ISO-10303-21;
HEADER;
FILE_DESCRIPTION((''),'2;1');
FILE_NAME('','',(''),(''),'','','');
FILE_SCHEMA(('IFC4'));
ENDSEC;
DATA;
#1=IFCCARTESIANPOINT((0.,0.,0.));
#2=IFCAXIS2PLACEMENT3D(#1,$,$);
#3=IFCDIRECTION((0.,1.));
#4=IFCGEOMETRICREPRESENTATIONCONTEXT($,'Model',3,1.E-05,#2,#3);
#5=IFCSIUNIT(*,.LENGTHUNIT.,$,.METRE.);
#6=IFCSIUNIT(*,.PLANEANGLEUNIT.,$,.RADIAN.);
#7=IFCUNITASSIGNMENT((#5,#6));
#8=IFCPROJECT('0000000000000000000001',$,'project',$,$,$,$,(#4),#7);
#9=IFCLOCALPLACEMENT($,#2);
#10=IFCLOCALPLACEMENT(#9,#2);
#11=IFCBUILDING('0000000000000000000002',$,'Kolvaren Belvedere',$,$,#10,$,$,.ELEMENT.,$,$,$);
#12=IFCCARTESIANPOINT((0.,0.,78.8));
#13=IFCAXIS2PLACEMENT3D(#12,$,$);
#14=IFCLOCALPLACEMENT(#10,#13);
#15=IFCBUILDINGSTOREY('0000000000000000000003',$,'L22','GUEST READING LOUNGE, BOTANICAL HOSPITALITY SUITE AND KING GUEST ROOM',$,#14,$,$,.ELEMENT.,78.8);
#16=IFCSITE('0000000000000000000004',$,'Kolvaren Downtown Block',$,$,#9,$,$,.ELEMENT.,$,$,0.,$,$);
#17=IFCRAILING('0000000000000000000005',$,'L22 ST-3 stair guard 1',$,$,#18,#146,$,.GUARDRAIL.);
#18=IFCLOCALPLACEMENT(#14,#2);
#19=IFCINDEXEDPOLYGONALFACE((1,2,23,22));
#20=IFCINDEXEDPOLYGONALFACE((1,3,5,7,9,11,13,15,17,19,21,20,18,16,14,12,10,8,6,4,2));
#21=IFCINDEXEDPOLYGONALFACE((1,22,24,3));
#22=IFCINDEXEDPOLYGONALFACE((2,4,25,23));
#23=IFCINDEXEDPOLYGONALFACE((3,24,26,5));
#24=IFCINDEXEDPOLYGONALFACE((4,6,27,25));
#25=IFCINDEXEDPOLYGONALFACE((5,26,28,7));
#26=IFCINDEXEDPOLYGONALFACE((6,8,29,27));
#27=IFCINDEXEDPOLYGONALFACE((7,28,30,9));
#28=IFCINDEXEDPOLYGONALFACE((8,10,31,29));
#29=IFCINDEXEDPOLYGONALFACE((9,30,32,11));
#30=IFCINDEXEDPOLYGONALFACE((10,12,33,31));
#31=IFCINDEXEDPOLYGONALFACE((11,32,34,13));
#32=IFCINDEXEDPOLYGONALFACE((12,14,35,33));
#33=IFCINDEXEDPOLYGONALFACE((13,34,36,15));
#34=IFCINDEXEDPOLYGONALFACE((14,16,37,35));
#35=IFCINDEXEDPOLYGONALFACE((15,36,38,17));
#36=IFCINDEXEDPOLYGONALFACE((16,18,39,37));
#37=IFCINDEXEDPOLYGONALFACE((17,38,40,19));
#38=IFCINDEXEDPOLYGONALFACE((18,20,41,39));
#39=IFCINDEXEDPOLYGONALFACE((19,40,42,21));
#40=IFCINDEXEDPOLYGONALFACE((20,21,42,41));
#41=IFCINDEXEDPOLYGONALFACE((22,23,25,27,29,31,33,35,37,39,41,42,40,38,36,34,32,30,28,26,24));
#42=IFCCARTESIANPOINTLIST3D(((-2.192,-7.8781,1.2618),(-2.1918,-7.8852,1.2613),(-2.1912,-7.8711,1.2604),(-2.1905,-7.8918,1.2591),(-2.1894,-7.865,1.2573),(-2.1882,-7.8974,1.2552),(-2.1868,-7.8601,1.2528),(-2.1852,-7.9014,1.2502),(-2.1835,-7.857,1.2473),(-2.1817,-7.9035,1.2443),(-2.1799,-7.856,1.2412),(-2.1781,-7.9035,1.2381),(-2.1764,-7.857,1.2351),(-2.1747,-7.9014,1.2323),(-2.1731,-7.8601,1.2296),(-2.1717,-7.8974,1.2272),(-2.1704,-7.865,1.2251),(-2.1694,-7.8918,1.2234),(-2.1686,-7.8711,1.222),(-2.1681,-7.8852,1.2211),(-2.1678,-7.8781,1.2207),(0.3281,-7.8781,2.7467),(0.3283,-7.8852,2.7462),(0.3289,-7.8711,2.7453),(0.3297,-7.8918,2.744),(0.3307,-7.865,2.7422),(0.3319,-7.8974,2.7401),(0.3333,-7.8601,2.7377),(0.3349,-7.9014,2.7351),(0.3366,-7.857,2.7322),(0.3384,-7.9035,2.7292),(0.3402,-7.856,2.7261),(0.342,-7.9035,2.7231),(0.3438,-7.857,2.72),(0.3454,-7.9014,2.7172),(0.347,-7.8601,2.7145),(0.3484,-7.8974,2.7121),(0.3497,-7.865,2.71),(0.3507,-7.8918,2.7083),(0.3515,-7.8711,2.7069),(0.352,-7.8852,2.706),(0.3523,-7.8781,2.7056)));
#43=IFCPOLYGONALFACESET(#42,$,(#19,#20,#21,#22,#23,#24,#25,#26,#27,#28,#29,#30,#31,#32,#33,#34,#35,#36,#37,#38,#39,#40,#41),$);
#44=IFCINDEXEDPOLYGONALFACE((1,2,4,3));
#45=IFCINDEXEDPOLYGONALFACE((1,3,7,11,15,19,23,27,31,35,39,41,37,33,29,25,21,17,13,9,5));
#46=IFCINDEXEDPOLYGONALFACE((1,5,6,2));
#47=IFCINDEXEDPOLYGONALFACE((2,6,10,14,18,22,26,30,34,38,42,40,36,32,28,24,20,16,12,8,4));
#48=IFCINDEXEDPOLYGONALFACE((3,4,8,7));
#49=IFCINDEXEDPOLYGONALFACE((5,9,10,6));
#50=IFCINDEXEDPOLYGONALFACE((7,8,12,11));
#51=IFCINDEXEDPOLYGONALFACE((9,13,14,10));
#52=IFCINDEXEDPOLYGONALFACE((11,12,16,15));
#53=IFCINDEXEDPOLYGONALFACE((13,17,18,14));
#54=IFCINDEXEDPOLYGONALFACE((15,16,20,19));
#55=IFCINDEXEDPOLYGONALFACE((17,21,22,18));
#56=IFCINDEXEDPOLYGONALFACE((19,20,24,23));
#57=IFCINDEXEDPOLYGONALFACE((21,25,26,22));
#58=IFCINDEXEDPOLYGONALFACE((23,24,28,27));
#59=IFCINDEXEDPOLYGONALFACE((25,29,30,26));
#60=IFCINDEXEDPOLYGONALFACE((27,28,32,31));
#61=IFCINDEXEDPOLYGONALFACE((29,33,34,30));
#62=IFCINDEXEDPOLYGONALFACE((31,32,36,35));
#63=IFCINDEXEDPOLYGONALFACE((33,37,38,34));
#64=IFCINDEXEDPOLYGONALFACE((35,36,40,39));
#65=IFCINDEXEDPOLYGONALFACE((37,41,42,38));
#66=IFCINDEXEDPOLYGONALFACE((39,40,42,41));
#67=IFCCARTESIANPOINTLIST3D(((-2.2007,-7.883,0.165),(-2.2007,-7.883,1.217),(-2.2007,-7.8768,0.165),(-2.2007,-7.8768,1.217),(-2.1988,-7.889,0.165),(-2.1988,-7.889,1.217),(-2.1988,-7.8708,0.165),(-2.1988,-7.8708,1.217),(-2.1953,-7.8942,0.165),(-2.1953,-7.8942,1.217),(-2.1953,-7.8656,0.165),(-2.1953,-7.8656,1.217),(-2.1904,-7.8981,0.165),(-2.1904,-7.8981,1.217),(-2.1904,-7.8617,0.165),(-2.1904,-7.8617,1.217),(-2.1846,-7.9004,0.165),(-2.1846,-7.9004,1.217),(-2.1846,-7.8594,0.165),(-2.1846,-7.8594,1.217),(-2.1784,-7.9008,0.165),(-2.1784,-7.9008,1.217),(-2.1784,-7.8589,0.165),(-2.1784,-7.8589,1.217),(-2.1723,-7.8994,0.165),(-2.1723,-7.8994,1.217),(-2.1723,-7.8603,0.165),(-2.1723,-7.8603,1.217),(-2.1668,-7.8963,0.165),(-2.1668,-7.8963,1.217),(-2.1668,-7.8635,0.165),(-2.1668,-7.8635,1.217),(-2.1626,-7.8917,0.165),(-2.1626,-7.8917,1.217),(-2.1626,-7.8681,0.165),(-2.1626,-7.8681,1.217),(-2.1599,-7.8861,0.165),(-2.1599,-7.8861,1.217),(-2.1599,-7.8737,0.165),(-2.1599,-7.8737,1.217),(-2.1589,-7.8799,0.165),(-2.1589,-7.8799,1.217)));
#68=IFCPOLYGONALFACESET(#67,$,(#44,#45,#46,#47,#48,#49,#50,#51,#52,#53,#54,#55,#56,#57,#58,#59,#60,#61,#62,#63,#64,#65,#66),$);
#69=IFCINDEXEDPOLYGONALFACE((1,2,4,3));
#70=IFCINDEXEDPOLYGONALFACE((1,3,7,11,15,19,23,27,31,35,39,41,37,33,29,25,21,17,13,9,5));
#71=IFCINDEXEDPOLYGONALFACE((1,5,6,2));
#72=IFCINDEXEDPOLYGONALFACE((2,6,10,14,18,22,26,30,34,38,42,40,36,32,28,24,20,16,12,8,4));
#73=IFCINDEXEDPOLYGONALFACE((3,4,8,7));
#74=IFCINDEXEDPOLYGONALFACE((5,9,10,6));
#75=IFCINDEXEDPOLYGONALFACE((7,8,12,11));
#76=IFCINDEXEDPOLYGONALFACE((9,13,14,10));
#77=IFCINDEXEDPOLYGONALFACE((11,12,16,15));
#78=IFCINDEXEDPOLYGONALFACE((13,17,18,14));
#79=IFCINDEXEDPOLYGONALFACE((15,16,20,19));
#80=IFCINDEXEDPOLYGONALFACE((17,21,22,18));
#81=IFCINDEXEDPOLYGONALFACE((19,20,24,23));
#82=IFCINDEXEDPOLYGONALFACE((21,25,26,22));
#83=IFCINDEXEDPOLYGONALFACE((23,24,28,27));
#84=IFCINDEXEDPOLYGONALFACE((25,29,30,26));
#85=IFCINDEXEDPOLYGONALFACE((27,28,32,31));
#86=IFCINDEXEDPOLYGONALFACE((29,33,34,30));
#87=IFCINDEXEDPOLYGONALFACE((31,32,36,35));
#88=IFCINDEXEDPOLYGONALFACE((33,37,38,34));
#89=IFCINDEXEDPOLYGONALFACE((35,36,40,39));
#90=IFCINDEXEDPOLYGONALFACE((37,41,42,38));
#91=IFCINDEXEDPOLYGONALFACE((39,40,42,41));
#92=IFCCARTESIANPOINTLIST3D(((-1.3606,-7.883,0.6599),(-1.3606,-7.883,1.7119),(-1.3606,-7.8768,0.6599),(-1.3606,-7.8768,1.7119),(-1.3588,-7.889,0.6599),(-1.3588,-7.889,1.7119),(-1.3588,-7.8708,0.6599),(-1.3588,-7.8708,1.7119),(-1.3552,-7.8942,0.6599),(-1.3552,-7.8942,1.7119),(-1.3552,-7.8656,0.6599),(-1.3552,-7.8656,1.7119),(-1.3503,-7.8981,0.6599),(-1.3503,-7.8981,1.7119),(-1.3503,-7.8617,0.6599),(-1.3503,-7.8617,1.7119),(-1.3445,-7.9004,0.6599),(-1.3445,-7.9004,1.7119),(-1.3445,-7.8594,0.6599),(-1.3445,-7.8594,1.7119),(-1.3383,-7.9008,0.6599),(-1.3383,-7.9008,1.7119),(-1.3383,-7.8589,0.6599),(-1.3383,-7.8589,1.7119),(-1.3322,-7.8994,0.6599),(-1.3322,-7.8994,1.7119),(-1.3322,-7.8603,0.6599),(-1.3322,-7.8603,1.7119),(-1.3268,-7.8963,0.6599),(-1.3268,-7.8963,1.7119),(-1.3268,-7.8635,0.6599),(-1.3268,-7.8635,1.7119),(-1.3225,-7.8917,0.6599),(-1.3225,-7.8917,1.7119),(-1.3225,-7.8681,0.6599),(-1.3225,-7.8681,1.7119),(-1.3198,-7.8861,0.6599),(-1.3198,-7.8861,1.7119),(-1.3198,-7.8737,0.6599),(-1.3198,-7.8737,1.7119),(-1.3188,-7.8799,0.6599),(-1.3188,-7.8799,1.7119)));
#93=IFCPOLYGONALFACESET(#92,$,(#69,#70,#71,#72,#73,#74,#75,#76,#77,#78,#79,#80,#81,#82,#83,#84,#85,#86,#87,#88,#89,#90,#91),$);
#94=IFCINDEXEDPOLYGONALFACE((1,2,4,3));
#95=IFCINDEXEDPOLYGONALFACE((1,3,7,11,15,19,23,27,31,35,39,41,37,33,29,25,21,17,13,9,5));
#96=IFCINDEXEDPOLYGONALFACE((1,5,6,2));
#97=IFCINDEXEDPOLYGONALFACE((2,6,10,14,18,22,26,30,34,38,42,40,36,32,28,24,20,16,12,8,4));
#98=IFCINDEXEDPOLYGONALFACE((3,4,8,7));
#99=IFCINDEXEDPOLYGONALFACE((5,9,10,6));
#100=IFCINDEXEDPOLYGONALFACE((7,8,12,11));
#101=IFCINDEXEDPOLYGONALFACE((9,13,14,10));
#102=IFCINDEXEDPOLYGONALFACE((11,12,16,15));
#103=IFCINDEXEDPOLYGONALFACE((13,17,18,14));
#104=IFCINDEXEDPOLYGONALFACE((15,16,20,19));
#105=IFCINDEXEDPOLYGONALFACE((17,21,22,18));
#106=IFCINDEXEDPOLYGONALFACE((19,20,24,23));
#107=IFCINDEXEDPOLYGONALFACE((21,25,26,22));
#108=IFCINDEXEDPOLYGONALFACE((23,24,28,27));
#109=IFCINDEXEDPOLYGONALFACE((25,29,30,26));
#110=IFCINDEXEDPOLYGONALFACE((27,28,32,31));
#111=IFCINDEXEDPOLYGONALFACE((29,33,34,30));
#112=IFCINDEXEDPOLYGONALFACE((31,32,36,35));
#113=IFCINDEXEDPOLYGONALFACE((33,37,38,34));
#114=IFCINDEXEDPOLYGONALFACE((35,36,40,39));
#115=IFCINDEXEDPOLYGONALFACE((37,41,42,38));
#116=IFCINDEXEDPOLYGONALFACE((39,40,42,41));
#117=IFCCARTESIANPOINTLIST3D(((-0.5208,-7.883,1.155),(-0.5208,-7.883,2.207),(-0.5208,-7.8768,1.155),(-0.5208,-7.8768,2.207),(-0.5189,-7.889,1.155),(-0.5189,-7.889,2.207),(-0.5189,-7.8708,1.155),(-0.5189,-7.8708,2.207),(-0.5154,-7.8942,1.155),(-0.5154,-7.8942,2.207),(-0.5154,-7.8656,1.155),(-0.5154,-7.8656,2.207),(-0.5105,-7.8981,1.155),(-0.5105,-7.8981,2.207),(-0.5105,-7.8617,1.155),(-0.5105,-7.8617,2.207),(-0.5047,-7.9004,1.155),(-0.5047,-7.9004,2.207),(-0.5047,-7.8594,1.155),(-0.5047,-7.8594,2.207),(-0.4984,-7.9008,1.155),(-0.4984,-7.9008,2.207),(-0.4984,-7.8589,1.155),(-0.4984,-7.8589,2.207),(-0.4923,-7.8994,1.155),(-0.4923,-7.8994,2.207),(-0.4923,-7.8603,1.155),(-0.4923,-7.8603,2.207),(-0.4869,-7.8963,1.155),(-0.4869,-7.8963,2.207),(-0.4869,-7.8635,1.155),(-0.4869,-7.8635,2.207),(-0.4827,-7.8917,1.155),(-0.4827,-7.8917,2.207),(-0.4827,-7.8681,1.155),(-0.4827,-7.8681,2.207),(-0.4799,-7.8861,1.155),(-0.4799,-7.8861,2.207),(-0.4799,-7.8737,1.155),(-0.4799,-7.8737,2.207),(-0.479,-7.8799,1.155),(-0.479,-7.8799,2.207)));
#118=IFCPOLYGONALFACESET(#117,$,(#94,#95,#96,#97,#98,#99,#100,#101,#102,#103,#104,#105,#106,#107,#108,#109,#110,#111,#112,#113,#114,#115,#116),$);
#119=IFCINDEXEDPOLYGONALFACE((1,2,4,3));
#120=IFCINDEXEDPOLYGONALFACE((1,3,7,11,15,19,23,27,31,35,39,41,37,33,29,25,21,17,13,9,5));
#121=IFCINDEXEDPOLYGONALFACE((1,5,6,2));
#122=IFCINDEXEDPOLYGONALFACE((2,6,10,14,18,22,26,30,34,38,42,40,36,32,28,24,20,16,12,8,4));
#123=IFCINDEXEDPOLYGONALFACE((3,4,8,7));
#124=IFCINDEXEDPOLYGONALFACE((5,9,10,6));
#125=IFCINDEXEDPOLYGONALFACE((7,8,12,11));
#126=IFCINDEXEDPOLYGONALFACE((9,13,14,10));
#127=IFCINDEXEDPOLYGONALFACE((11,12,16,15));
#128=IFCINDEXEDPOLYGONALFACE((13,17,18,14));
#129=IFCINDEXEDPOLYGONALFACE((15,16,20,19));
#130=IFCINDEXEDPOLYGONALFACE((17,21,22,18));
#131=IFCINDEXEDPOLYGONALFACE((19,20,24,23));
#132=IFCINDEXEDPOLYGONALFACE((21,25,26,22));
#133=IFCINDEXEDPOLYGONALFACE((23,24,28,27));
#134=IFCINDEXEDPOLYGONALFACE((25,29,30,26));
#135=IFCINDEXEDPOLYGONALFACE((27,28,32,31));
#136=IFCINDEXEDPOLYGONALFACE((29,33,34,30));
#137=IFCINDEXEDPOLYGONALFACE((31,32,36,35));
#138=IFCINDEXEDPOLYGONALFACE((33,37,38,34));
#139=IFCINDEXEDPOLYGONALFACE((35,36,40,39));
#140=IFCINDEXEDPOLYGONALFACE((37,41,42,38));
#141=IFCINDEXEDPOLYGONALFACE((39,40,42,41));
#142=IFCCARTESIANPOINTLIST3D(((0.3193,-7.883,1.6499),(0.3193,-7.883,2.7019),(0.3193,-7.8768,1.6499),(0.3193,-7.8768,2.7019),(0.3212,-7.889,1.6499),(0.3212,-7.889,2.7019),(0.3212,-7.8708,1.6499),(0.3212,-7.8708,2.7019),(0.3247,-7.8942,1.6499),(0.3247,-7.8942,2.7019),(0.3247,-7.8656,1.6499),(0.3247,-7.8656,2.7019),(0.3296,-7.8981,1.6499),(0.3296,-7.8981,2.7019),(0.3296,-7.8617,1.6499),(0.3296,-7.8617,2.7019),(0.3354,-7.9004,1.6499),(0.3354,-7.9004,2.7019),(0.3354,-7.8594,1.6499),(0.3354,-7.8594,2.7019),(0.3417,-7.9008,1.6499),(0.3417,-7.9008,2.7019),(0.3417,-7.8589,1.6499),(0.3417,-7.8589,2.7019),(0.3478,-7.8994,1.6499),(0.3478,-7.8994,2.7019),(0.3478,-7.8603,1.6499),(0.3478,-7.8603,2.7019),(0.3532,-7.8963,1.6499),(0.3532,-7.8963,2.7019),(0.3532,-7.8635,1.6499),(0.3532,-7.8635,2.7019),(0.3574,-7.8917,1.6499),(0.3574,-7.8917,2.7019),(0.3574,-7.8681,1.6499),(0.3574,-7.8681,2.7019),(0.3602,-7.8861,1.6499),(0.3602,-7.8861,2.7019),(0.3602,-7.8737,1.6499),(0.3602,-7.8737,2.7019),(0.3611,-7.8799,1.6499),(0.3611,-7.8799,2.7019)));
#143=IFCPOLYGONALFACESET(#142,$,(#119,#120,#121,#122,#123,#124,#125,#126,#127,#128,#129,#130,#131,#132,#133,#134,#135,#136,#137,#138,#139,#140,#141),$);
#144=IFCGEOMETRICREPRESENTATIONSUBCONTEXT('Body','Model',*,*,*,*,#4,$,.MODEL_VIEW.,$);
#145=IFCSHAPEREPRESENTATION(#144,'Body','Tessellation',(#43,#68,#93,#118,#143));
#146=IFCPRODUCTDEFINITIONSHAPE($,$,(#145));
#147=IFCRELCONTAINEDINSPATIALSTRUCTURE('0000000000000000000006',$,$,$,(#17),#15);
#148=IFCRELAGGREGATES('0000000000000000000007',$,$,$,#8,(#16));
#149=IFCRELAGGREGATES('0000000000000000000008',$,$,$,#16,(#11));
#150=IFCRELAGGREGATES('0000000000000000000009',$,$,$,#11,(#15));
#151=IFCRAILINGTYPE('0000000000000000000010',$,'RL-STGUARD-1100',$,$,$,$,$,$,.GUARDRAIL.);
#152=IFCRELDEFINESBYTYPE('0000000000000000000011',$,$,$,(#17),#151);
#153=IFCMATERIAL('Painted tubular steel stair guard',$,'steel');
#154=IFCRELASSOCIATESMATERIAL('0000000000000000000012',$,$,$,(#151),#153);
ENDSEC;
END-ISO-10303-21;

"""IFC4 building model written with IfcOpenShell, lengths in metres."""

from ifc_helpers import new_model, si_unit, direction, frame, origin, origin_2d, place, context, subcontext, project, spatial, circle, extrude, material, type_object, element, save


model = new_model("IFC4")

# Units and contexts
model_context = context("Model", 3, precision=1e-05, world=origin(), true_north=direction((0.0, 1.0)))
body_context = subcontext(model_context, "Body", "Model", "MODEL_VIEW")
ifc_project = project(units=[si_unit("LENGTHUNIT", "METRE"), si_unit("PLANEANGLEUNIT", "RADIAN")], contexts=[model_context])

# Site, building, storey
site_placement = place(None, origin())
site = spatial("IfcSite", under=ifc_project, at=site_placement, Name="Kolvaren Downtown Block", CompositionType="ELEMENT", RefElevation=0.0)
building_placement = place(site_placement, origin())
building = spatial("IfcBuilding", under=site, at=building_placement, Name="Kolvaren Belvedere", CompositionType="ELEMENT")
storey_placement = place(building_placement, frame((0.0, 0.0, 78.8)))
storey = spatial("IfcBuildingStorey", under=building, at=storey_placement, Name="L22", Description="GUEST READING LOUNGE, BOTANICAL HOSPITALITY SUITE AND KING GUEST ROOM", CompositionType="ELEMENT", Elevation=78.8)

# Railing
ifc_material_1 = material(Name="Painted tubular steel stair guard", Category="steel")
railing_type = type_object("IfcRailingType", Name="RL-STGUARD-1100", PredefinedType="GUARDRAIL", material=ifc_material_1)
railing_1_placement = place(storey_placement, frame((-2.1799, -7.8799, 0.165)))
element("IfcRailing", 1, at=railing_1_placement, inside=storey, type_object=railing_type, Name="L22 ST-3 stair guard 1", PredefinedType="GUARDRAIL", context=body_context, shape_type="SweptSolid", body=[
    extrude(circle(Radius=0.0239, at=origin_2d()), frame((0.0, 0.0, 1.0762), z_axis=(0.861561, 0.0, 0.507655), x_axis=(0.0, 1.0, 0.0)), (0.0, 0.0, 1.0), 2.925),
    extrude(circle(Radius=0.021, at=origin_2d()), origin(), (0.0, 0.0, 1.0), 1.052),
    extrude(circle(Radius=0.021, at=origin_2d()), frame((0.8401, 0.0, 0.4949)), (0.0, 0.0, 1.0), 1.052),
    extrude(circle(Radius=0.021, at=origin_2d()), frame((1.6799, 0.0, 0.99)), (0.0, 0.0, 1.0), 1.052),
    extrude(circle(Radius=0.021, at=origin_2d()), frame((2.52, 0.0, 1.4849)), (0.0, 0.0, 1.0), 1.052),
])

save(model, "model.ifc")
